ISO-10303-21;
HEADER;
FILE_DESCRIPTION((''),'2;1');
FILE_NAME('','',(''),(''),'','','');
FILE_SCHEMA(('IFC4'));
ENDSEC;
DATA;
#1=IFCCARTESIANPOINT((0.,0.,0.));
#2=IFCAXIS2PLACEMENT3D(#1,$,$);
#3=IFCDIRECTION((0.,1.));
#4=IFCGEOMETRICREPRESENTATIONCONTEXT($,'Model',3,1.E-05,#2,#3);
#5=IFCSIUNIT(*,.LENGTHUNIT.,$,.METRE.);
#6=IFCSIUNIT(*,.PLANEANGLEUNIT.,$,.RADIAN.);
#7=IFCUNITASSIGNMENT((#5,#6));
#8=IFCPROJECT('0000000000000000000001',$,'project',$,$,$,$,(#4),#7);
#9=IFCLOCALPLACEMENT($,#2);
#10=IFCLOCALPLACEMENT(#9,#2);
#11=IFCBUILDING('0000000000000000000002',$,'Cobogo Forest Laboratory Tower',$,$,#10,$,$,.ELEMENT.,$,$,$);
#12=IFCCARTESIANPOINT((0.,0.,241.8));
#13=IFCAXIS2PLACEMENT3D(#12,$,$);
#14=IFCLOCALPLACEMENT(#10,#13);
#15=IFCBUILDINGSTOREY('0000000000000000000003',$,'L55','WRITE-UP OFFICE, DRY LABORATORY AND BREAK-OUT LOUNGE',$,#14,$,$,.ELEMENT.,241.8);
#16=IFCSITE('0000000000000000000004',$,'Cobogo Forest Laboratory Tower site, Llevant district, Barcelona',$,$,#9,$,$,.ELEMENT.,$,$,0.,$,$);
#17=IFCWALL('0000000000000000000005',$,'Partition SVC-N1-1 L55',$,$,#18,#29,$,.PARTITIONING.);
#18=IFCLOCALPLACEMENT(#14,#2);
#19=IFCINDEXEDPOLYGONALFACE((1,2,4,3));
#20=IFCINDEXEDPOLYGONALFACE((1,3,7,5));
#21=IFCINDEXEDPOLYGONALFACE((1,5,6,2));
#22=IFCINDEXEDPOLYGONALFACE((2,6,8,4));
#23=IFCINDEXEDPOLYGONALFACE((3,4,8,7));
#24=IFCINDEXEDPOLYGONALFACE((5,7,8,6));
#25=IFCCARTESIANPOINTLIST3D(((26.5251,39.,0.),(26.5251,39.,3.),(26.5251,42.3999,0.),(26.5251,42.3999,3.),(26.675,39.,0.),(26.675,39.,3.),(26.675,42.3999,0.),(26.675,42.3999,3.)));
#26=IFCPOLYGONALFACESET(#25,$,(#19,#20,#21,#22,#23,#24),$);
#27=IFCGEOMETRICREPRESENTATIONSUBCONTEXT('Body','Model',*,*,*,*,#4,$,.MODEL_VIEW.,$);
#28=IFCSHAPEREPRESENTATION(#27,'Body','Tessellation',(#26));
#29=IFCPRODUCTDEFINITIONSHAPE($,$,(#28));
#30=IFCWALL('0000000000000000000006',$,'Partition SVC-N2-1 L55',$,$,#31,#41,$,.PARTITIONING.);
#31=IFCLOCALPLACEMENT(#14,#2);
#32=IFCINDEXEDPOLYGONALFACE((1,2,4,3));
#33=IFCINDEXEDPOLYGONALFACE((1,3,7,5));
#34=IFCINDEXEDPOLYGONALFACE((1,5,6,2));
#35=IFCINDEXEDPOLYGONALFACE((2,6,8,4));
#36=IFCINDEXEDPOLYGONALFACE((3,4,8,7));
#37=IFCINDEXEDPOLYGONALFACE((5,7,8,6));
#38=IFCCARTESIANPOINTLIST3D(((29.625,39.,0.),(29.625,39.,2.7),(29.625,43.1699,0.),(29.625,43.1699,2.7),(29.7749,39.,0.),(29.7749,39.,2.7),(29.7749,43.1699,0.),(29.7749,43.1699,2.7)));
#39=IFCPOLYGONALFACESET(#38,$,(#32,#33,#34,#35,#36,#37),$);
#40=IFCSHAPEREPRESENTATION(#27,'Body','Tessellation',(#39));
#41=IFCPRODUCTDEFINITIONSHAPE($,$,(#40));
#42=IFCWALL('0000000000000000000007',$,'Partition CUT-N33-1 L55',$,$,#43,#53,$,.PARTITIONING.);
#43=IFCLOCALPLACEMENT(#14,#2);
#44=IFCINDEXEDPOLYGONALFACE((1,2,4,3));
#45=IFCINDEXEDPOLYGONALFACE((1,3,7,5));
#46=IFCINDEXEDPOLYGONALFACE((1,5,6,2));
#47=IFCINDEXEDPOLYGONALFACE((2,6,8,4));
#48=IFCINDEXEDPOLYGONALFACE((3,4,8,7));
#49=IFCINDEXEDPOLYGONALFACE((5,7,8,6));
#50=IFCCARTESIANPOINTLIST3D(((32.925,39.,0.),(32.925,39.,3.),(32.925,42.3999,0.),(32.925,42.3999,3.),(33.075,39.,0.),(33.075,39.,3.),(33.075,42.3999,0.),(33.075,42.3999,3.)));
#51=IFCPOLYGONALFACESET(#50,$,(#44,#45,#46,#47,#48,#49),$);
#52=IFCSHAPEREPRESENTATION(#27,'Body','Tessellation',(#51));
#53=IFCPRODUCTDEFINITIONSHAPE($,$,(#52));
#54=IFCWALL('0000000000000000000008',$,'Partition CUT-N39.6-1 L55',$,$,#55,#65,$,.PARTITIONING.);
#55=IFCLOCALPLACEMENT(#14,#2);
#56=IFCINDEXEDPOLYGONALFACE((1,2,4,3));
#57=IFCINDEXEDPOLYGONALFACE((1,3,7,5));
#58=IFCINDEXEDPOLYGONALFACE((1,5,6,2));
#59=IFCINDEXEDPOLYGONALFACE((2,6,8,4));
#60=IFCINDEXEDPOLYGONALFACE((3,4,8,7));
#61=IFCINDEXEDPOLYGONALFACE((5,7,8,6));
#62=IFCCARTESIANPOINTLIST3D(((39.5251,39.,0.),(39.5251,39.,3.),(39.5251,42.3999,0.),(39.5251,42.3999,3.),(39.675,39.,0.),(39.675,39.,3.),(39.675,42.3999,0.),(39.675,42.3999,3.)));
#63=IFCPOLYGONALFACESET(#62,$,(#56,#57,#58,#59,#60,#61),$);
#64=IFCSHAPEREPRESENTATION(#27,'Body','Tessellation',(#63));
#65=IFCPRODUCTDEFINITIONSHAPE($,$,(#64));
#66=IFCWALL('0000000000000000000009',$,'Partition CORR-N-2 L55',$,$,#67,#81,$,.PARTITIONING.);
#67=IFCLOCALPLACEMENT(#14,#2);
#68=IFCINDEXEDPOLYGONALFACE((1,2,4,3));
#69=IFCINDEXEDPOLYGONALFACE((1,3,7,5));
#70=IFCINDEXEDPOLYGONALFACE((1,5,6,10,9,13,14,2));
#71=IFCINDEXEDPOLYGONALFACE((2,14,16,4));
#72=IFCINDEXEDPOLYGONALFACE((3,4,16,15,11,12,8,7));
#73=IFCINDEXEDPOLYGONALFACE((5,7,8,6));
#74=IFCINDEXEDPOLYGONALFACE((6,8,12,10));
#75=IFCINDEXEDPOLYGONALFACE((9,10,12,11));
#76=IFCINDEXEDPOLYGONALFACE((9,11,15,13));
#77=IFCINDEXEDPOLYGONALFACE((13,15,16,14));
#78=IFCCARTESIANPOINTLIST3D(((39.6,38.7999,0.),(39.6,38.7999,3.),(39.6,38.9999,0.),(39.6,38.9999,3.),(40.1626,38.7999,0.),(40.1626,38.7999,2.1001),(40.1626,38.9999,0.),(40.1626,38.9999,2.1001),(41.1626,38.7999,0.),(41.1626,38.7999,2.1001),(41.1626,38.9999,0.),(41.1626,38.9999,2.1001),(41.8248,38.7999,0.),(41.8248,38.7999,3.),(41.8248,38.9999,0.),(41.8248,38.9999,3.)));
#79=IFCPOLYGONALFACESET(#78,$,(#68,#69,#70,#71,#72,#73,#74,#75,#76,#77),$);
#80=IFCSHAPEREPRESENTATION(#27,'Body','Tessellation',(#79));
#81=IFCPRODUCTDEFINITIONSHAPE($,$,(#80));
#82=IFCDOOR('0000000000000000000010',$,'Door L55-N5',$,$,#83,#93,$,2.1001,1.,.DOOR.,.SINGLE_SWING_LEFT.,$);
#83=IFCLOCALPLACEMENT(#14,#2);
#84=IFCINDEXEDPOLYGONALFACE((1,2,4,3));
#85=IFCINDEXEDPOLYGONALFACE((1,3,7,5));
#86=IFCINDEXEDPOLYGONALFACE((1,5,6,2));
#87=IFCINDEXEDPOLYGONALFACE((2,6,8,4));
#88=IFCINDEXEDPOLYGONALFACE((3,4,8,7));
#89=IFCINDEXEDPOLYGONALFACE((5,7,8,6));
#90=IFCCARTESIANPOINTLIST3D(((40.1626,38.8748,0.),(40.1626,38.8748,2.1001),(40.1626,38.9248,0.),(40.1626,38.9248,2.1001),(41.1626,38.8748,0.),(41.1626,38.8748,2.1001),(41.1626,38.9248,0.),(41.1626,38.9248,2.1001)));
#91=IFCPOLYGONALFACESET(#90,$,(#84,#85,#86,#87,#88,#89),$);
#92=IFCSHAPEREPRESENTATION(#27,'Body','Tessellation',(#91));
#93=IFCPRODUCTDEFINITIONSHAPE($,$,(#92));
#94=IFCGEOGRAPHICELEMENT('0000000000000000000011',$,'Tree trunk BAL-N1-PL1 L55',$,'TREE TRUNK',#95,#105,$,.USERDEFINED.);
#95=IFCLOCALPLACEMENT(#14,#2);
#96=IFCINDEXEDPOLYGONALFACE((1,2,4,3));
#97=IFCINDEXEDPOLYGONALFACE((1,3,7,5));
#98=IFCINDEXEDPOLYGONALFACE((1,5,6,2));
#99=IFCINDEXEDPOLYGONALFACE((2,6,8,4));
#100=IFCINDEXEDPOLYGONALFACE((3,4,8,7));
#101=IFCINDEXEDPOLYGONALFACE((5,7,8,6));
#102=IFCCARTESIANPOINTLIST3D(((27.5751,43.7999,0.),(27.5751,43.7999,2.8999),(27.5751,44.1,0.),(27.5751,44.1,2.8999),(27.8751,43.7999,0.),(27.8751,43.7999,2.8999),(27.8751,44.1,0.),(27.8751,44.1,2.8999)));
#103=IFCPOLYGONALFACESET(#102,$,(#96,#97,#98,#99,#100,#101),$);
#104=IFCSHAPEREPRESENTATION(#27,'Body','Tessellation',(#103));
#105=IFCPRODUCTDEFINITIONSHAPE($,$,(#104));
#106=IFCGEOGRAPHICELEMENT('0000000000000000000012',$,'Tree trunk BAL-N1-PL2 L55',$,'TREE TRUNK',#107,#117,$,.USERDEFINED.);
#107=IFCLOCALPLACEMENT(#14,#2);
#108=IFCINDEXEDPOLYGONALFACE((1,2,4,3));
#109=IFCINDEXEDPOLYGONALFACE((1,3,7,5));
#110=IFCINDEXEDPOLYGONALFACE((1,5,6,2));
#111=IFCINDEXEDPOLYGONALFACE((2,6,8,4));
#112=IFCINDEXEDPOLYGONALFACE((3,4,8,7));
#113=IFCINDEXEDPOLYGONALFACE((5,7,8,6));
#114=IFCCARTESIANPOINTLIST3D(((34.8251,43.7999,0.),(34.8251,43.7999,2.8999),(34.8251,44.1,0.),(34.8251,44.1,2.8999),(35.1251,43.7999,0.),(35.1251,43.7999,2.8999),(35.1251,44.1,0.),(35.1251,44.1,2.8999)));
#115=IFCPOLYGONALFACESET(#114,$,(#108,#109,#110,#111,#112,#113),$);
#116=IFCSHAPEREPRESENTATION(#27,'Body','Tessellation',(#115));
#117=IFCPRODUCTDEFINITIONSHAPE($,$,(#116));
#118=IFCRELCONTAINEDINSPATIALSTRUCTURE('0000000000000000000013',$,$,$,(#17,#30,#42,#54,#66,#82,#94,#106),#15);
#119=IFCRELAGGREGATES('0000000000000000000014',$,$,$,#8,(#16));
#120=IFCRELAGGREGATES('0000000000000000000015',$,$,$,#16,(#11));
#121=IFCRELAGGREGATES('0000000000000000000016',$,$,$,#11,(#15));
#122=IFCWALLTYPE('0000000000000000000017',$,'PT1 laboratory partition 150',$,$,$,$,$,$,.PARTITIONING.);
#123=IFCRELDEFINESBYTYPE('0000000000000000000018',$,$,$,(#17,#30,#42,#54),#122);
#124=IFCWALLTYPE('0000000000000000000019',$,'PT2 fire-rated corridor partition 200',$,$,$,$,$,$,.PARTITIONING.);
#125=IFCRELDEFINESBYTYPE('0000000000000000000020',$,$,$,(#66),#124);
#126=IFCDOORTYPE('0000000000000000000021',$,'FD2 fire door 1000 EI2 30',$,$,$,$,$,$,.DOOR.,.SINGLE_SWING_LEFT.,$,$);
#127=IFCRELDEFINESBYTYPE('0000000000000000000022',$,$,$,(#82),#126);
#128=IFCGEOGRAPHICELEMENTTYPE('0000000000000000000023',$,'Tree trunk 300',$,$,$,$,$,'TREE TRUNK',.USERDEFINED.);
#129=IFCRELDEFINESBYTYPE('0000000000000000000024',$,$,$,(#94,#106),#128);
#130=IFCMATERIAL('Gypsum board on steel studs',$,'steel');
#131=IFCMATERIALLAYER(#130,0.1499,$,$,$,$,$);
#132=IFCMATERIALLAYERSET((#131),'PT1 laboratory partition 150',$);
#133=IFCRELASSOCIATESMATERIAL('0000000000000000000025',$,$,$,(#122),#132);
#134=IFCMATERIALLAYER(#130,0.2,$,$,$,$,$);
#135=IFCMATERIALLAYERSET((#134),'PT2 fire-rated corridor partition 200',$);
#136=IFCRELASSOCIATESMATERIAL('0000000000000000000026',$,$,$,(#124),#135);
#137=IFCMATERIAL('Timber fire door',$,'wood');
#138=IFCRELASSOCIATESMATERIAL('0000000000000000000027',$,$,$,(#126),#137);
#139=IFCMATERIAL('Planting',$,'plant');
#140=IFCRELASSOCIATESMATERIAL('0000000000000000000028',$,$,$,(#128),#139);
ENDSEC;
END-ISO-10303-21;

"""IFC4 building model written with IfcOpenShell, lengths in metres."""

from ifc_helpers import new_model, si_unit, direction, frame, frame_2d, origin, origin_2d, place, context, subcontext, project, spatial, rectangle, extrude, material, layer, layer_set, type_object, element, fill, save


model = new_model("IFC4")

# Units and contexts
model_context = context("Model", 3, precision=1e-05, world=origin(), true_north=direction((0.0, 1.0)))
body_context = subcontext(model_context, "Body", "Model", "MODEL_VIEW")
ifc_project = project(units=[si_unit("LENGTHUNIT", "METRE"), si_unit("PLANEANGLEUNIT", "RADIAN")], contexts=[model_context])

# Site, building, storey
site_placement = place(None, origin())
site = spatial("IfcSite", under=ifc_project, at=site_placement, Name="Cobogo Forest Laboratory Tower site, Llevant district, Barcelona", CompositionType="ELEMENT", RefElevation=0.0)
building_placement = place(site_placement, origin())
building = spatial("IfcBuilding", under=site, at=building_placement, Name="Cobogo Forest Laboratory Tower", CompositionType="ELEMENT")
storey_placement = place(building_placement, frame((0.0, 0.0, 241.8)))
storey = spatial("IfcBuildingStorey", under=building, at=storey_placement, Name="L55", Description="WRITE-UP OFFICE, DRY LABORATORY AND BREAK-OUT LOUNGE", CompositionType="ELEMENT", Elevation=241.8)

# Walls
ifc_material_1 = material(Name="Gypsum board on steel studs", Category="steel")
ifc_layer_1 = layer(ifc_material_1, 0.1499)
ifc_layer_set_1 = layer_set([ifc_layer_1], Name="PT1 laboratory partition 150")
wall_type_1 = type_object("IfcWallType", Name="PT1 laboratory partition 150", PredefinedType="PARTITIONING", material=ifc_layer_set_1)
wall_1_placement = place(storey_placement, frame((26.6001, 42.3999, 0.0), z_axis=(0.0, 0.0, 1.0), x_axis=(0.0, -1.0, 0.0)))
element("IfcWall", 1, at=wall_1_placement, inside=storey, type_object=wall_type_1, Name="Partition SVC-N1-1 L55", PredefinedType="PARTITIONING", context=body_context, shape_type="SweptSolid", body=[
    extrude(rectangle(XDim=3.3999, YDim=0.1499, at=frame_2d((1.7, 0.0))), origin(), (0.0, 0.0, 1.0), 3.0),
])
wall_2_placement = place(storey_placement, frame((29.7, 43.1699, 0.0), z_axis=(0.0, 0.0, 1.0), x_axis=(0.0, -1.0, 0.0)))
element("IfcWall", 2, at=wall_2_placement, inside=storey, type_object=wall_type_1, Name="Partition SVC-N2-1 L55", PredefinedType="PARTITIONING", context=body_context, shape_type="SweptSolid", body=[
    extrude(rectangle(XDim=4.1699, YDim=0.1499, at=frame_2d((2.085, 0.0))), origin(), (0.0, 0.0, 1.0), 2.7),
])
for number, where, z_axis, x_axis, name in (
    (3, (33.0, 42.3999, 0.0), (0.0, 0.0, 1.0), (0.0, -1.0, 0.0), "Partition CUT-N33-1 L55"),
    (4, (39.6001, 42.3999, 0.0), (0.0, 0.0, 1.0), (0.0, -1.0, 0.0), "Partition CUT-N39.6-1 L55"),
):
    element("IfcWall", number, at=place(storey_placement, frame(where, z_axis=z_axis, x_axis=x_axis)), inside=storey, type_object=wall_type_1, Name=name, PredefinedType="PARTITIONING", context=body_context, shape_type="SweptSolid", body=[
        extrude(rectangle(XDim=3.3999, YDim=0.1499, at=frame_2d((1.7, 0.0))), origin(), (0.0, 0.0, 1.0), 3.0),
    ])

# Wall, opening, door
ifc_layer_2 = layer(ifc_material_1, 0.2)
ifc_layer_set_2 = layer_set([ifc_layer_2], Name="PT2 fire-rated corridor partition 200")
wall_type_2 = type_object("IfcWallType", Name="PT2 fire-rated corridor partition 200", PredefinedType="PARTITIONING", material=ifc_layer_set_2)
wall_3_placement = place(storey_placement, frame((39.6001, 38.8999, 0.0), z_axis=(0.0, 0.0, 1.0), x_axis=(1.0, 0.0, 0.0)))
wall_3 = element("IfcWall", 5, at=wall_3_placement, inside=storey, type_object=wall_type_2, Name="Partition CORR-N-2 L55", PredefinedType="PARTITIONING", context=body_context, shape_type="SweptSolid", body=[
    extrude(rectangle(XDim=2.2249, YDim=0.2, at=frame_2d((1.1123, 0.0))), origin(), (0.0, 0.0, 1.0), 3.0),
])
opening_1_placement = place(wall_3_placement, frame((0.5625, 0.0, 0.0)))
opening_1 = element("IfcOpeningElement", 6, at=opening_1_placement, cuts=wall_3, PredefinedType="OPENING", context=body_context, shape_type="SweptSolid", body=[
    extrude(rectangle(XDim=1.0, YDim=2.1001, at=frame_2d((0.5, 1.05))), frame((0.0, 0.1099, 0.0), z_axis=(0.0, -1.0, 0.0), x_axis=(1.0, 0.0, 0.0)), (0.0, 0.0, 1.0), 0.22),
])
ifc_material_2 = material(Name="Timber fire door", Category="wood")
door_type_1 = type_object("IfcDoorType", Name="FD2 fire door 1000 EI2 30", OperationType="SINGLE_SWING_LEFT", PredefinedType="DOOR", material=ifc_material_2)
door_1_placement = place(opening_1_placement, origin())
door_1 = element("IfcDoor", 7, at=door_1_placement, inside=storey, type_object=door_type_1, Name="Door L55-N5", OperationType="SINGLE_SWING_LEFT", OverallHeight=2.1001, OverallWidth=1.0, PredefinedType="DOOR", context=body_context, shape_type="SweptSolid", body=[
    extrude(rectangle(XDim=1.0, YDim=2.1001, at=frame_2d((0.5, 1.05))), frame((0.0, 0.0249, 0.0), z_axis=(0.0, -1.0, 0.0), x_axis=(1.0, 0.0, 0.0)), (0.0, 0.0, 1.0), 0.05),
])
fill(opening_1, door_1)

# Geographic elements
ifc_material_3 = material(Name="Planting", Category="plant")
geographic_element_type = type_object("IfcGeographicElementType", Name="Tree trunk 300", ElementType="TREE TRUNK", PredefinedType="USERDEFINED", material=ifc_material_3)
for number, where, z_axis, x_axis, name in (
    (8, (27.7251, 43.95, 0.0), (0.0, 0.0, 1.0), (1.0, 0.0, 0.0), "Tree trunk BAL-N1-PL1 L55"),
    (9, (34.9751, 43.95, 0.0), (0.0, 0.0, 1.0), (1.0, 0.0, 0.0), "Tree trunk BAL-N1-PL2 L55"),
):
    element("IfcGeographicElement", number, at=place(storey_placement, frame(where, z_axis=z_axis, x_axis=x_axis)), inside=storey, type_object=geographic_element_type, Name=name, ObjectType="TREE TRUNK", PredefinedType="USERDEFINED", context=body_context, shape_type="SweptSolid", body=[
        extrude(rectangle(XDim=0.3, YDim=0.3, at=origin_2d()), origin(), (0.0, 0.0, 1.0), 2.8999),
    ])

save(model, "model.ifc")
